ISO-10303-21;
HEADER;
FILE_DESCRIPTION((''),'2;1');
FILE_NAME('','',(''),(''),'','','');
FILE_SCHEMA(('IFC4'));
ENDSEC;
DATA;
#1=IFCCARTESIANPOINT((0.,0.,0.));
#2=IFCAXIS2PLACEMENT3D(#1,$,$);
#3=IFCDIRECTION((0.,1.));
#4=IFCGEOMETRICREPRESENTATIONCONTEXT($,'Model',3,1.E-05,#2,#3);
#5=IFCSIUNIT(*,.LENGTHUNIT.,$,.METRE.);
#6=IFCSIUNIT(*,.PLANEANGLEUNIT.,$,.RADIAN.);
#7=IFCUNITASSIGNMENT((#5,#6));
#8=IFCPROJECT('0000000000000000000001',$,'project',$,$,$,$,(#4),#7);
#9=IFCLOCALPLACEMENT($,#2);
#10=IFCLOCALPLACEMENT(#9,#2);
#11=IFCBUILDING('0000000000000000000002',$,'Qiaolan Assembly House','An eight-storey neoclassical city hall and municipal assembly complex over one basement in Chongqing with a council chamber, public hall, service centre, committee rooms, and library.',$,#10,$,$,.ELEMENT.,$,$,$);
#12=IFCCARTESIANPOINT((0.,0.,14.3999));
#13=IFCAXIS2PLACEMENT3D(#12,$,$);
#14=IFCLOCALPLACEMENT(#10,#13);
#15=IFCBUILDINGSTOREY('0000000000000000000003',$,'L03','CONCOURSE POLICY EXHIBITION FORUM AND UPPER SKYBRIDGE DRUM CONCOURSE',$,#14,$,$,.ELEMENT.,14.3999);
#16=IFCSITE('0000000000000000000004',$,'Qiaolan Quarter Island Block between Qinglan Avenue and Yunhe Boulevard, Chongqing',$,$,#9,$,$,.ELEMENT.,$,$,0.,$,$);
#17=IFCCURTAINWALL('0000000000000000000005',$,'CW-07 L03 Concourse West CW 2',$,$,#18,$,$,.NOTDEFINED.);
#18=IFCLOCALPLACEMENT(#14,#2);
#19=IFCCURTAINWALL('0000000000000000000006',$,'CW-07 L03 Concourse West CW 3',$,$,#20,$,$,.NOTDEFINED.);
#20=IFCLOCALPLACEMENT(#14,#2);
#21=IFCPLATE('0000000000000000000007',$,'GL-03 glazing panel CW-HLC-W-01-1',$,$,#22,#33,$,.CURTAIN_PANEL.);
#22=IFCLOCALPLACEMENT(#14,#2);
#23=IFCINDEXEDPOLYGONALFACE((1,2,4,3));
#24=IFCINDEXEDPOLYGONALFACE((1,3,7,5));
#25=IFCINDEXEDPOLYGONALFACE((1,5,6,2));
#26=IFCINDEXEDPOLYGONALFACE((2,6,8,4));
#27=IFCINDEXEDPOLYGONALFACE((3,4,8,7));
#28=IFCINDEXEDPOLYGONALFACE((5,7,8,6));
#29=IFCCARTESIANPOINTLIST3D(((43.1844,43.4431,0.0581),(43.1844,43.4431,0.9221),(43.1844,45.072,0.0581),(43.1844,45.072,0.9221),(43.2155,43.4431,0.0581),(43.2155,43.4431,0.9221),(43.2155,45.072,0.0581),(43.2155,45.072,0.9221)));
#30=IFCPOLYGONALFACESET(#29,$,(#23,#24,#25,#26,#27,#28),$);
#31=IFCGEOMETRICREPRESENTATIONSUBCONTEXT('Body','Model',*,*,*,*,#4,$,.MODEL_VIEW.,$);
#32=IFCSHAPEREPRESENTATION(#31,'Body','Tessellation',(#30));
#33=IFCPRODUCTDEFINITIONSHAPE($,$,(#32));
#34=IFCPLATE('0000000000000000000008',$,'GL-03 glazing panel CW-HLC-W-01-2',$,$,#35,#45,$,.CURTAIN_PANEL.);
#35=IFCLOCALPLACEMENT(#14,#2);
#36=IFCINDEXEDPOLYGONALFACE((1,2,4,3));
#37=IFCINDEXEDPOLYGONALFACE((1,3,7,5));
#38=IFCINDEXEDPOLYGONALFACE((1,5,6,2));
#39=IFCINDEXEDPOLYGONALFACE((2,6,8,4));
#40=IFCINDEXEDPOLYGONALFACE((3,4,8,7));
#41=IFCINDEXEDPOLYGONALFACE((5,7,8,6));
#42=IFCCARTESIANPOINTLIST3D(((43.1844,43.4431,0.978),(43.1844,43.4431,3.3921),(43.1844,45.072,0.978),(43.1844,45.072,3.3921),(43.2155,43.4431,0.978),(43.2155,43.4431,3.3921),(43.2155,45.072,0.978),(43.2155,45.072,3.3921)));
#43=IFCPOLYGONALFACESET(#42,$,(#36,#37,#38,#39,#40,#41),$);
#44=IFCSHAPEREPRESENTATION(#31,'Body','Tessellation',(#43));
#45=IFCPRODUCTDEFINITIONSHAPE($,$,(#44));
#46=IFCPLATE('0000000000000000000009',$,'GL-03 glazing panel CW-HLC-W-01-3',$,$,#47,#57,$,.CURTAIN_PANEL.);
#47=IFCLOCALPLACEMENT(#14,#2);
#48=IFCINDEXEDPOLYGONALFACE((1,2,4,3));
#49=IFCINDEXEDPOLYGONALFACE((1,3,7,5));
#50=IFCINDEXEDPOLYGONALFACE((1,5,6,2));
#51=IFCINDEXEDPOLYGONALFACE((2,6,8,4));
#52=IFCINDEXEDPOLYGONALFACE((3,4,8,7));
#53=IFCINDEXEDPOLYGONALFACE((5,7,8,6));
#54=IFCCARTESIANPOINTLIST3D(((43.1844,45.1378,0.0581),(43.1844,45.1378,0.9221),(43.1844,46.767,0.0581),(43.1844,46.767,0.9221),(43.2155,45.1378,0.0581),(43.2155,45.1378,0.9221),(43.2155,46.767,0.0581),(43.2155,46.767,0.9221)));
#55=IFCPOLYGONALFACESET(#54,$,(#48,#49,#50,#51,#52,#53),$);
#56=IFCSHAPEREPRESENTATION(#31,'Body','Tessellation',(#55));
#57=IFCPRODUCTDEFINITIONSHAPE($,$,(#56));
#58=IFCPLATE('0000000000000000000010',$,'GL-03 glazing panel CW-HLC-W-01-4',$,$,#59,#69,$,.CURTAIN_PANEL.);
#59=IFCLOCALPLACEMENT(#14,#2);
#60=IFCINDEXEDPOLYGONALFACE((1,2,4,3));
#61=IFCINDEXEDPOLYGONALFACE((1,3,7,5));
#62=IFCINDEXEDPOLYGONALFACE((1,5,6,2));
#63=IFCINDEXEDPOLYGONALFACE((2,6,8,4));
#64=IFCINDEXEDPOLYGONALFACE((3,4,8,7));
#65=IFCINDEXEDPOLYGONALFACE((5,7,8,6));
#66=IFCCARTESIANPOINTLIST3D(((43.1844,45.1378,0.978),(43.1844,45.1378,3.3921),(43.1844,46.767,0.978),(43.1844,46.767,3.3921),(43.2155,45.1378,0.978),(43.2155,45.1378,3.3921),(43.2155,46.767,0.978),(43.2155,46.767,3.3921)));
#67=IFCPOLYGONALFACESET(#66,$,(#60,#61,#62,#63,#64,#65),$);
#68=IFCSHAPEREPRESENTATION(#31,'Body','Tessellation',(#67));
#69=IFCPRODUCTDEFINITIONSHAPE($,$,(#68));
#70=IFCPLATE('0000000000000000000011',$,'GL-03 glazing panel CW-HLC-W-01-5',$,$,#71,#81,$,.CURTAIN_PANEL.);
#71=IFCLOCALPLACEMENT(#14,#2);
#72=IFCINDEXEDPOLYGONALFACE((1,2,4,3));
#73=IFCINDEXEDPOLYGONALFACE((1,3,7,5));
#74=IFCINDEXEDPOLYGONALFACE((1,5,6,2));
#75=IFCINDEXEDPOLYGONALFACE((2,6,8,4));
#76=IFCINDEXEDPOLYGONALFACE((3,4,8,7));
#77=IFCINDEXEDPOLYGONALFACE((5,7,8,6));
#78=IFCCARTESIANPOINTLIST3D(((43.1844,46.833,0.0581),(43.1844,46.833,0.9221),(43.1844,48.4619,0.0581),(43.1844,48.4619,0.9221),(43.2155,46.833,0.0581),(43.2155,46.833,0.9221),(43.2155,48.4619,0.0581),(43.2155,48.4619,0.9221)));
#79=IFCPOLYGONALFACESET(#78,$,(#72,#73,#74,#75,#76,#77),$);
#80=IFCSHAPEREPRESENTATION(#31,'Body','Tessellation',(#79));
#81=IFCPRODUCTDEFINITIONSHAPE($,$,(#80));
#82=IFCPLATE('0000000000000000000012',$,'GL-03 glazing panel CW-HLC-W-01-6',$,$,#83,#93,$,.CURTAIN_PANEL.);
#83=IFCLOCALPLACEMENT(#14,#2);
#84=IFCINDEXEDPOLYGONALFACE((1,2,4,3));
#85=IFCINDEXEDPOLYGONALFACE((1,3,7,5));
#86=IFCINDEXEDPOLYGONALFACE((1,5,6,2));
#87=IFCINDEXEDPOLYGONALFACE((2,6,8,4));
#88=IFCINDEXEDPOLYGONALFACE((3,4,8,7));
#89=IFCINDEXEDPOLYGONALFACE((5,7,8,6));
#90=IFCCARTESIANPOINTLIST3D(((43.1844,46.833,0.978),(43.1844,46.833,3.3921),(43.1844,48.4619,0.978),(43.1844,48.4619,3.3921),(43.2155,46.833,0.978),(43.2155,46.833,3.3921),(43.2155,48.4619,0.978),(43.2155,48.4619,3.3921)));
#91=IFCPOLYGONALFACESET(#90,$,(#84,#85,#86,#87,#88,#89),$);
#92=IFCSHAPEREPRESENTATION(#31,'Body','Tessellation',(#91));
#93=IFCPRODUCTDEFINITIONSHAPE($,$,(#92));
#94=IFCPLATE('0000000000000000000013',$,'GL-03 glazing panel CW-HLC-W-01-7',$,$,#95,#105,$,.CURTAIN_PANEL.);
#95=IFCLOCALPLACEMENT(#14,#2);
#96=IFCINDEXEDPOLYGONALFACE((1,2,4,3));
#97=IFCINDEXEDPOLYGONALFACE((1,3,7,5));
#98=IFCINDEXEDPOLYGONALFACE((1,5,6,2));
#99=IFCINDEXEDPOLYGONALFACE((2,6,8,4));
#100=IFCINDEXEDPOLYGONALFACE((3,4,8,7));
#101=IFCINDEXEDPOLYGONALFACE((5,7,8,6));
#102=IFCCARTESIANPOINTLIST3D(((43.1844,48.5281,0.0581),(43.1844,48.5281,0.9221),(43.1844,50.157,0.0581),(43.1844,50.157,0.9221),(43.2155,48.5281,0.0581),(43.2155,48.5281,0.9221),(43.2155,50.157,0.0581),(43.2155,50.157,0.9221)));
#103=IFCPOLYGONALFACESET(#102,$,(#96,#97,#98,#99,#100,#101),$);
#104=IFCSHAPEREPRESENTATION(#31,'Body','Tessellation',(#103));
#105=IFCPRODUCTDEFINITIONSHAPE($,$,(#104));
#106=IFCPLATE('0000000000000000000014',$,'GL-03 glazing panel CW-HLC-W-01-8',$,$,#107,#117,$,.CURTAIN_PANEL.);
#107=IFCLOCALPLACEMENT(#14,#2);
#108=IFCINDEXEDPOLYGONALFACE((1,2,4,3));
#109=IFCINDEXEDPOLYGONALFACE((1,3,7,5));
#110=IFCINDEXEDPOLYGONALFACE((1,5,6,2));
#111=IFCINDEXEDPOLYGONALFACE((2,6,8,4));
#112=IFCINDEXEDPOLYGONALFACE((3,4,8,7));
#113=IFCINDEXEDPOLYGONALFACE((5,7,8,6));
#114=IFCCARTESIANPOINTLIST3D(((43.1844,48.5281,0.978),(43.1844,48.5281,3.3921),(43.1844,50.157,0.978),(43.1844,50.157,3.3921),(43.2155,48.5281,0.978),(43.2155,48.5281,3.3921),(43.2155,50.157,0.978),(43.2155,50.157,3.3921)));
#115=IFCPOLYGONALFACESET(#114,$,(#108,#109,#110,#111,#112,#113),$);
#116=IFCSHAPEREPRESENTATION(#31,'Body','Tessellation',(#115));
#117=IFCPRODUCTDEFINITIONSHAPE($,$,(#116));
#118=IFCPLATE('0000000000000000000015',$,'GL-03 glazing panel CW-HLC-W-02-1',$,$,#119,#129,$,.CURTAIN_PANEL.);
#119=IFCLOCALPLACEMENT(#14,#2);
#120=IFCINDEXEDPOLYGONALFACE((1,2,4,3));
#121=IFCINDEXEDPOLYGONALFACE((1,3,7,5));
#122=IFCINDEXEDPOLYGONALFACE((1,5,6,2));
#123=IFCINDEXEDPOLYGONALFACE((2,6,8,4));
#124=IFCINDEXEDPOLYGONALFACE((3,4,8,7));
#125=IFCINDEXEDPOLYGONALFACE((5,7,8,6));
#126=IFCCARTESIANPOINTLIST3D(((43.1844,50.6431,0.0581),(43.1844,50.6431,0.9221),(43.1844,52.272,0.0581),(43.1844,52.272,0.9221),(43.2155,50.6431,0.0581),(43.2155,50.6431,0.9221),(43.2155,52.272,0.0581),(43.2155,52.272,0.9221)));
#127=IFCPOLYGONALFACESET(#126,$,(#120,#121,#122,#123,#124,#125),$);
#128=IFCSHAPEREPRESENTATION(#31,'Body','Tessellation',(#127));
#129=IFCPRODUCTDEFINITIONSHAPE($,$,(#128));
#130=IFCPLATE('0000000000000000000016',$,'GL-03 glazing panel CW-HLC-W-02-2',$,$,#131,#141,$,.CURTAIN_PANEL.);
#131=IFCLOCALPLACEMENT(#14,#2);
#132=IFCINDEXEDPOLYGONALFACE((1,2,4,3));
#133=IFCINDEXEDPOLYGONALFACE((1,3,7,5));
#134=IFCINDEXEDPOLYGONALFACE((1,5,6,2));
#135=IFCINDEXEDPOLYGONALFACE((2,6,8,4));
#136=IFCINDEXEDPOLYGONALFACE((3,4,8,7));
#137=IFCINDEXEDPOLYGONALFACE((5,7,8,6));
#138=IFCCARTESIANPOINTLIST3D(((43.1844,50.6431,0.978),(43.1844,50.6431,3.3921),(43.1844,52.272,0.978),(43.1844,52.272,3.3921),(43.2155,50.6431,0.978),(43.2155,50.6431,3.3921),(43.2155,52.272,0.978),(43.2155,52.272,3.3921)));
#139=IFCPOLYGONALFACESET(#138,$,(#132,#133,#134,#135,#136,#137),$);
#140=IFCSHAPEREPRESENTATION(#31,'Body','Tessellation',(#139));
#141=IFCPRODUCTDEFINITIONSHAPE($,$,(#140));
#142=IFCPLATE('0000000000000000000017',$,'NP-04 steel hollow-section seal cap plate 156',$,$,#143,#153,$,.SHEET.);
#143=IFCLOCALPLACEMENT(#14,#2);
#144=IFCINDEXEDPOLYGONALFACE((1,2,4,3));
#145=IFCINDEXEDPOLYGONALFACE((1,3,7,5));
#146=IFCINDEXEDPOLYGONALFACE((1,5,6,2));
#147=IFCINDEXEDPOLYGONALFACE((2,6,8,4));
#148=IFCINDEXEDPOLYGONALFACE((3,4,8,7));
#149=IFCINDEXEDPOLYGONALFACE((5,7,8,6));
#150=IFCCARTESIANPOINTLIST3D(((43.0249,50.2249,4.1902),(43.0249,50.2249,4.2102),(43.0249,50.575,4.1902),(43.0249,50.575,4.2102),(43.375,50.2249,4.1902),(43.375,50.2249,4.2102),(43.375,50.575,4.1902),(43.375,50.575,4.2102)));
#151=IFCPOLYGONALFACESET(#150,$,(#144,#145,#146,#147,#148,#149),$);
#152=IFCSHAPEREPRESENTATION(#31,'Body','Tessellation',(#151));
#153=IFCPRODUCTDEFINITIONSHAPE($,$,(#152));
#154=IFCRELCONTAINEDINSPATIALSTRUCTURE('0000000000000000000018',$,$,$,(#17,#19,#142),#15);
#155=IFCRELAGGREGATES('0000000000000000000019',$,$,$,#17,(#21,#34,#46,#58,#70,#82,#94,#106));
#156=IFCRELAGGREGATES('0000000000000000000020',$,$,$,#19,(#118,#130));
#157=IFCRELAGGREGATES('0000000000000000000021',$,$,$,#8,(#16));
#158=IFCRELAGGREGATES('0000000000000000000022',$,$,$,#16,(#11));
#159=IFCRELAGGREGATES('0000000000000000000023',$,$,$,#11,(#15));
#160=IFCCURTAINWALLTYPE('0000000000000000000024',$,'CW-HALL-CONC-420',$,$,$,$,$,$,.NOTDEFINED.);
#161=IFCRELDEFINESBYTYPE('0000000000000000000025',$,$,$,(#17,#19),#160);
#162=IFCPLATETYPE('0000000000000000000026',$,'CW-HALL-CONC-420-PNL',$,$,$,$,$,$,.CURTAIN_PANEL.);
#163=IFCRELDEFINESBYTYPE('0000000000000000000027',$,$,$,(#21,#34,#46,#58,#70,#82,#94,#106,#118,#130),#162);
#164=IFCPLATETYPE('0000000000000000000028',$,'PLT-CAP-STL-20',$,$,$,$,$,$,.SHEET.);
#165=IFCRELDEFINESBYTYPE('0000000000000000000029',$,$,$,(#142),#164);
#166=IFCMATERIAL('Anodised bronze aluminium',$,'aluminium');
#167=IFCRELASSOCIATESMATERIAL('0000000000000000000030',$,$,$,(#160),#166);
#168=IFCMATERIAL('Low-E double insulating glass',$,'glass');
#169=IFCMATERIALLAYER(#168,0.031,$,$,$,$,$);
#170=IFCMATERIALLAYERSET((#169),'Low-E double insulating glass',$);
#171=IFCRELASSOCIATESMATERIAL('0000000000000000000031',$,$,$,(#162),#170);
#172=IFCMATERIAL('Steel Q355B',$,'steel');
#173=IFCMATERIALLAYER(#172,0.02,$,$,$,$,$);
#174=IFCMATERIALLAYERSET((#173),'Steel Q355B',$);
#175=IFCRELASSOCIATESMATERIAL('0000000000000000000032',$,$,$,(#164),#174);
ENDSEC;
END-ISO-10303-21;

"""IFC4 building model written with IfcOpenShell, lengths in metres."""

from ifc_helpers import new_model, si_unit, direction, frame, frame_2d, origin, origin_2d, place, context, subcontext, project, spatial, rectangle, extrude, material, layer, layer_set, type_object, element, aggregate, save


model = new_model("IFC4")

# Units and contexts
model_context = context("Model", 3, precision=1e-05, world=origin(), true_north=direction((0.0, 1.0)))
body_context = subcontext(model_context, "Body", "Model", "MODEL_VIEW")
ifc_project = project(units=[si_unit("LENGTHUNIT", "METRE"), si_unit("PLANEANGLEUNIT", "RADIAN")], contexts=[model_context])

# Site, building, storey
site_placement = place(None, origin())
site = spatial("IfcSite", under=ifc_project, at=site_placement, Name="Qiaolan Quarter Island Block between Qinglan Avenue and Yunhe Boulevard, Chongqing", CompositionType="ELEMENT", RefElevation=0.0)
building_placement = place(site_placement, origin())
building = spatial("IfcBuilding", under=site, at=building_placement, Name="Qiaolan Assembly House", Description="An eight-storey neoclassical city hall and municipal assembly complex over one basement in Chongqing with a council chamber, public hall, service centre, committee rooms, and library.", CompositionType="ELEMENT")
storey_placement = place(building_placement, frame((0.0, 0.0, 14.3999)))
storey = spatial("IfcBuildingStorey", under=building, at=storey_placement, Name="L03", Description="CONCOURSE POLICY EXHIBITION FORUM AND UPPER SKYBRIDGE DRUM CONCOURSE", CompositionType="ELEMENT", Elevation=14.3999)

# Shared definitions
ifc_material_1 = material(Name="Steel Q355B", Category="steel")

# Curtain wall
ifc_material_2 = material(Name="Anodised bronze aluminium", Category="aluminium")
curtain_wall_type = type_object("IfcCurtainWallType", Name="CW-HALL-CONC-420", PredefinedType="NOTDEFINED", material=ifc_material_2)
curtain_wall_1_placement = place(storey_placement, origin())
curtain_wall_1 = element("IfcCurtainWall", 1, at=curtain_wall_1_placement, inside=storey, type_object=curtain_wall_type, Name="CW-07 L03 Concourse West CW 2", PredefinedType="NOTDEFINED")

# Curtain wall
curtain_wall_2_placement = place(storey_placement, origin())
curtain_wall_2 = element("IfcCurtainWall", 2, at=curtain_wall_2_placement, inside=storey, type_object=curtain_wall_type, Name="CW-07 L03 Concourse West CW 3", PredefinedType="NOTDEFINED")

# Plates
ifc_material_3 = material(Name="Low-E double insulating glass", Category="glass")
ifc_layer_1 = layer(ifc_material_3, 0.031)
ifc_layer_set_1 = layer_set([ifc_layer_1], Name="Low-E double insulating glass")
plate_type_1 = type_object("IfcPlateType", Name="CW-HALL-CONC-420-PNL", PredefinedType="CURTAIN_PANEL", material=ifc_layer_set_1)
plate_1_placement = place(storey_placement, frame((43.2, 43.4431, 0.0581), z_axis=(0.0, 0.0, 1.0), x_axis=(0.0, 1.0, 0.0)))
plate_1 = element("IfcPlate", 3, at=plate_1_placement, type_object=plate_type_1, Name="GL-03 glazing panel CW-HLC-W-01-1", PredefinedType="CURTAIN_PANEL", context=body_context, shape_type="SweptSolid", body=[
    extrude(rectangle(XDim=1.6289, YDim=0.031, at=frame_2d((0.8145, 0.0))), origin(), (0.0, 0.0, 1.0), 0.864),
])
plate_2_placement = place(storey_placement, frame((43.2, 43.4431, 0.978), z_axis=(0.0, 0.0, 1.0), x_axis=(0.0, 1.0, 0.0)))
plate_2 = element("IfcPlate", 4, at=plate_2_placement, type_object=plate_type_1, Name="GL-03 glazing panel CW-HLC-W-01-2", PredefinedType="CURTAIN_PANEL", context=body_context, shape_type="SweptSolid", body=[
    extrude(rectangle(XDim=1.6289, YDim=0.031, at=frame_2d((0.8145, 0.0))), origin(), (0.0, 0.0, 1.0), 2.4141),
])
plate_3_placement = place(storey_placement, frame((43.2, 45.1379, 0.0581), z_axis=(0.0, 0.0, 1.0), x_axis=(0.0, 1.0, 0.0)))
plate_3 = element("IfcPlate", 5, at=plate_3_placement, type_object=plate_type_1, Name="GL-03 glazing panel CW-HLC-W-01-3", PredefinedType="CURTAIN_PANEL", context=body_context, shape_type="SweptSolid", body=[
    extrude(rectangle(XDim=1.6292, YDim=0.031, at=frame_2d((0.8145, 0.0))), origin(), (0.0, 0.0, 1.0), 0.864),
])
plate_4_placement = place(storey_placement, frame((43.2, 45.1379, 0.978), z_axis=(0.0, 0.0, 1.0), x_axis=(0.0, 1.0, 0.0)))
plate_4 = element("IfcPlate", 6, at=plate_4_placement, type_object=plate_type_1, Name="GL-03 glazing panel CW-HLC-W-01-4", PredefinedType="CURTAIN_PANEL", context=body_context, shape_type="SweptSolid", body=[
    extrude(rectangle(XDim=1.6292, YDim=0.031, at=frame_2d((0.8145, 0.0))), origin(), (0.0, 0.0, 1.0), 2.4141),
])
plate_5_placement = place(storey_placement, frame((43.2, 46.833, 0.0581), z_axis=(0.0, 0.0, 1.0), x_axis=(0.0, 1.0, 0.0)))
plate_5 = element("IfcPlate", 7, at=plate_5_placement, type_object=plate_type_1, Name="GL-03 glazing panel CW-HLC-W-01-5", PredefinedType="CURTAIN_PANEL", context=body_context, shape_type="SweptSolid", body=[
    extrude(rectangle(XDim=1.6289, YDim=0.031, at=frame_2d((0.8145, 0.0))), origin(), (0.0, 0.0, 1.0), 0.864),
])
plate_6_placement = place(storey_placement, frame((43.2, 46.833, 0.978), z_axis=(0.0, 0.0, 1.0), x_axis=(0.0, 1.0, 0.0)))
plate_6 = element("IfcPlate", 8, at=plate_6_placement, type_object=plate_type_1, Name="GL-03 glazing panel CW-HLC-W-01-6", PredefinedType="CURTAIN_PANEL", context=body_context, shape_type="SweptSolid", body=[
    extrude(rectangle(XDim=1.6289, YDim=0.031, at=frame_2d((0.8145, 0.0))), origin(), (0.0, 0.0, 1.0), 2.4141),
])
plate_7_placement = place(storey_placement, frame((43.2, 48.5281, 0.0581), z_axis=(0.0, 0.0, 1.0), x_axis=(0.0, 1.0, 0.0)))
plate_7 = element("IfcPlate", 9, at=plate_7_placement, type_object=plate_type_1, Name="GL-03 glazing panel CW-HLC-W-01-7", PredefinedType="CURTAIN_PANEL", context=body_context, shape_type="SweptSolid", body=[
    extrude(rectangle(XDim=1.6289, YDim=0.031, at=frame_2d((0.8145, 0.0))), origin(), (0.0, 0.0, 1.0), 0.864),
])
plate_8_placement = place(storey_placement, frame((43.2, 48.5281, 0.978), z_axis=(0.0, 0.0, 1.0), x_axis=(0.0, 1.0, 0.0)))
plate_8 = element("IfcPlate", 10, at=plate_8_placement, type_object=plate_type_1, Name="GL-03 glazing panel CW-HLC-W-01-8", PredefinedType="CURTAIN_PANEL", context=body_context, shape_type="SweptSolid", body=[
    extrude(rectangle(XDim=1.6289, YDim=0.031, at=frame_2d((0.8145, 0.0))), origin(), (0.0, 0.0, 1.0), 2.4141),
])
aggregate(curtain_wall_1, [plate_1, plate_2, plate_3, plate_4, plate_5, plate_6, plate_7, plate_8])
plate_9_placement = place(storey_placement, frame((43.2, 50.6431, 0.0581), z_axis=(0.0, 0.0, 1.0), x_axis=(0.0, 1.0, 0.0)))
plate_9 = element("IfcPlate", 11, at=plate_9_placement, type_object=plate_type_1, Name="GL-03 glazing panel CW-HLC-W-02-1", PredefinedType="CURTAIN_PANEL", context=body_context, shape_type="SweptSolid", body=[
    extrude(rectangle(XDim=1.6289, YDim=0.031, at=frame_2d((0.8145, 0.0))), origin(), (0.0, 0.0, 1.0), 0.864),
])
plate_10_placement = place(storey_placement, frame((43.2, 50.6431, 0.978), z_axis=(0.0, 0.0, 1.0), x_axis=(0.0, 1.0, 0.0)))
plate_10 = element("IfcPlate", 12, at=plate_10_placement, type_object=plate_type_1, Name="GL-03 glazing panel CW-HLC-W-02-2", PredefinedType="CURTAIN_PANEL", context=body_context, shape_type="SweptSolid", body=[
    extrude(rectangle(XDim=1.6289, YDim=0.031, at=frame_2d((0.8145, 0.0))), origin(), (0.0, 0.0, 1.0), 2.4141),
])
aggregate(curtain_wall_2, [plate_9, plate_10])
ifc_layer_2 = layer(ifc_material_1, 0.02)
ifc_layer_set_2 = layer_set([ifc_layer_2], Name="Steel Q355B")
plate_type_2 = type_object("IfcPlateType", Name="PLT-CAP-STL-20", PredefinedType="SHEET", material=ifc_layer_set_2)
plate_11_placement = place(storey_placement, frame((43.2, 50.3999, 4.1902), z_axis=(0.0, 0.0, 1.0), x_axis=(1.0, 0.0, 0.0)))
element("IfcPlate", 13, at=plate_11_placement, inside=storey, type_object=plate_type_2, Name="NP-04 steel hollow-section seal cap plate 156", PredefinedType="SHEET", context=body_context, shape_type="SweptSolid", body=[
    extrude(rectangle(XDim=0.3501, YDim=0.3501, at=origin_2d()), origin(), (0.0, 0.0, 1.0), 0.02),
])

save(model, "model.ifc")
